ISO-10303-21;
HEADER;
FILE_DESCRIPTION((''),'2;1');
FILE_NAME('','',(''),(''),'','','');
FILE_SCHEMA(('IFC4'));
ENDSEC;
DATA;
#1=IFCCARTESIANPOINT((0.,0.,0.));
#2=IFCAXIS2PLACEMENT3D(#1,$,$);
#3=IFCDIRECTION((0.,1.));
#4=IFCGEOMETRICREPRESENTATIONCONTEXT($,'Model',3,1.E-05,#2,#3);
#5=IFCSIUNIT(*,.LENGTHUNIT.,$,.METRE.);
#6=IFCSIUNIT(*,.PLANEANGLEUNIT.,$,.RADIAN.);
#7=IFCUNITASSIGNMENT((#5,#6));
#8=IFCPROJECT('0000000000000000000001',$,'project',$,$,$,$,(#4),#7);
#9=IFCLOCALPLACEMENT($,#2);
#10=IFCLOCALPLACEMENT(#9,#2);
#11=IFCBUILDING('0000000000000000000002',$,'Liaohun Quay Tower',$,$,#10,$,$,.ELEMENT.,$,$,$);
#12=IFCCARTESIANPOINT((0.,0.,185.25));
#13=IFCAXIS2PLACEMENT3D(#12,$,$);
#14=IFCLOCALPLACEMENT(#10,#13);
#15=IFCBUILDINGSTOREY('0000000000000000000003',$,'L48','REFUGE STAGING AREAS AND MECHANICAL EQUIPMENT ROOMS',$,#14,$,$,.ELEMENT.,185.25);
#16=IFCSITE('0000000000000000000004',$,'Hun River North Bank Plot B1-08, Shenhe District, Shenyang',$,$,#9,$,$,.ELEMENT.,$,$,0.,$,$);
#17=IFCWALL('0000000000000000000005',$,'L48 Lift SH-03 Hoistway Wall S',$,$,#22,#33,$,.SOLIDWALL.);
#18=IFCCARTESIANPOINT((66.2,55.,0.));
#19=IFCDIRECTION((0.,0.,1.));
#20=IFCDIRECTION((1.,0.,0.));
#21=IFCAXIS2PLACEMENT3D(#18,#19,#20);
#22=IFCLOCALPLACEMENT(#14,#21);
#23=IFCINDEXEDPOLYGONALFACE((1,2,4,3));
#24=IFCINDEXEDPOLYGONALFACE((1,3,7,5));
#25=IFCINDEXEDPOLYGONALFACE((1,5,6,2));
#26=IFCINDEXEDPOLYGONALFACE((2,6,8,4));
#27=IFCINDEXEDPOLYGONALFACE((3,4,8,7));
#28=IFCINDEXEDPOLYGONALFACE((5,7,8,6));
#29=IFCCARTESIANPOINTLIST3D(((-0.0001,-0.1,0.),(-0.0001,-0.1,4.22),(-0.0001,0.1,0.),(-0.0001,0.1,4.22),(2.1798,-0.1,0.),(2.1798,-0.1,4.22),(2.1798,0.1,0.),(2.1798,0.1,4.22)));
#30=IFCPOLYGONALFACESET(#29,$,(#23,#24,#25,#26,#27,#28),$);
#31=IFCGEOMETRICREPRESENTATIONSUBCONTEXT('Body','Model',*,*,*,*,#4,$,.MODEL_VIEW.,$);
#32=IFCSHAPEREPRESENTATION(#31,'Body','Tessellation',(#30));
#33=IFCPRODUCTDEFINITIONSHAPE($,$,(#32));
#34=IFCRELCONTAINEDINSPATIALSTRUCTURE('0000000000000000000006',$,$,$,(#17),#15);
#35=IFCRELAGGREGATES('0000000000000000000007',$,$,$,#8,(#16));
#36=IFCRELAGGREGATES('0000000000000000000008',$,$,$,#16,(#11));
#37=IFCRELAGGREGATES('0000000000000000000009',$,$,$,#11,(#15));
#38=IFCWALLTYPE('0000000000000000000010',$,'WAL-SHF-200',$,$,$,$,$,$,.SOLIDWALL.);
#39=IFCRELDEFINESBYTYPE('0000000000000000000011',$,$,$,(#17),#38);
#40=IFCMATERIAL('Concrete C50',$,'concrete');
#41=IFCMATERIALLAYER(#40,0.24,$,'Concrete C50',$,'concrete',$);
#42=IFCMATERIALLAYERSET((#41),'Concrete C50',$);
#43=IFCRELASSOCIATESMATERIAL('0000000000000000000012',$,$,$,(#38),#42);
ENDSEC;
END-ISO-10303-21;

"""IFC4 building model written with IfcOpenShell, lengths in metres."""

from ifc_helpers import new_model, si_unit, direction, frame, frame_2d, origin, place, context, subcontext, project, spatial, rectangle, extrude, material, layer, layer_set, type_object, element, save


model = new_model("IFC4")

# Units and contexts
model_context = context("Model", 3, precision=1e-05, world=origin(), true_north=direction((0.0, 1.0)))
body_context = subcontext(model_context, "Body", "Model", "MODEL_VIEW")
ifc_project = project(units=[si_unit("LENGTHUNIT", "METRE"), si_unit("PLANEANGLEUNIT", "RADIAN")], contexts=[model_context])

# Site, building, storey
site_placement = place(None, origin())
site = spatial("IfcSite", under=ifc_project, at=site_placement, Name="Hun River North Bank Plot B1-08, Shenhe District, Shenyang", CompositionType="ELEMENT", RefElevation=0.0)
building_placement = place(site_placement, origin())
building = spatial("IfcBuilding", under=site, at=building_placement, Name="Liaohun Quay Tower", CompositionType="ELEMENT")
storey_placement = place(building_placement, frame((0.0, 0.0, 185.25)))
storey = spatial("IfcBuildingStorey", under=building, at=storey_placement, Name="L48", Description="REFUGE STAGING AREAS AND MECHANICAL EQUIPMENT ROOMS", CompositionType="ELEMENT", Elevation=185.25)

# Shared definitions
ifc_material_1 = material(Name="Concrete C50", Category="concrete")
ifc_layer_1 = layer(ifc_material_1, 0.24, Name="Concrete C50", Category="concrete")
ifc_layer_set_1 = layer_set([ifc_layer_1], Name="Concrete C50")
wall_type_1 = type_object("IfcWallType", Name="WAL-SHF-200", PredefinedType="SOLIDWALL", material=ifc_layer_set_1)

# Wall
wall_1_placement = place(storey_placement, frame((66.2, 55.0, 0.0), z_axis=(0.0, 0.0, 1.0), x_axis=(1.0, 0.0, 0.0)))
element("IfcWall", 1, at=wall_1_placement, inside=storey, type_object=wall_type_1, Name="L48 Lift SH-03 Hoistway Wall S", PredefinedType="SOLIDWALL", context=body_context, shape_type="SweptSolid", body=[
    extrude(rectangle(XDim=2.1799, YDim=0.2, at=frame_2d((1.0898, 0.0))), origin(), (0.0, 0.0, 1.0), 4.22),
])

save(model, "model.ifc")
